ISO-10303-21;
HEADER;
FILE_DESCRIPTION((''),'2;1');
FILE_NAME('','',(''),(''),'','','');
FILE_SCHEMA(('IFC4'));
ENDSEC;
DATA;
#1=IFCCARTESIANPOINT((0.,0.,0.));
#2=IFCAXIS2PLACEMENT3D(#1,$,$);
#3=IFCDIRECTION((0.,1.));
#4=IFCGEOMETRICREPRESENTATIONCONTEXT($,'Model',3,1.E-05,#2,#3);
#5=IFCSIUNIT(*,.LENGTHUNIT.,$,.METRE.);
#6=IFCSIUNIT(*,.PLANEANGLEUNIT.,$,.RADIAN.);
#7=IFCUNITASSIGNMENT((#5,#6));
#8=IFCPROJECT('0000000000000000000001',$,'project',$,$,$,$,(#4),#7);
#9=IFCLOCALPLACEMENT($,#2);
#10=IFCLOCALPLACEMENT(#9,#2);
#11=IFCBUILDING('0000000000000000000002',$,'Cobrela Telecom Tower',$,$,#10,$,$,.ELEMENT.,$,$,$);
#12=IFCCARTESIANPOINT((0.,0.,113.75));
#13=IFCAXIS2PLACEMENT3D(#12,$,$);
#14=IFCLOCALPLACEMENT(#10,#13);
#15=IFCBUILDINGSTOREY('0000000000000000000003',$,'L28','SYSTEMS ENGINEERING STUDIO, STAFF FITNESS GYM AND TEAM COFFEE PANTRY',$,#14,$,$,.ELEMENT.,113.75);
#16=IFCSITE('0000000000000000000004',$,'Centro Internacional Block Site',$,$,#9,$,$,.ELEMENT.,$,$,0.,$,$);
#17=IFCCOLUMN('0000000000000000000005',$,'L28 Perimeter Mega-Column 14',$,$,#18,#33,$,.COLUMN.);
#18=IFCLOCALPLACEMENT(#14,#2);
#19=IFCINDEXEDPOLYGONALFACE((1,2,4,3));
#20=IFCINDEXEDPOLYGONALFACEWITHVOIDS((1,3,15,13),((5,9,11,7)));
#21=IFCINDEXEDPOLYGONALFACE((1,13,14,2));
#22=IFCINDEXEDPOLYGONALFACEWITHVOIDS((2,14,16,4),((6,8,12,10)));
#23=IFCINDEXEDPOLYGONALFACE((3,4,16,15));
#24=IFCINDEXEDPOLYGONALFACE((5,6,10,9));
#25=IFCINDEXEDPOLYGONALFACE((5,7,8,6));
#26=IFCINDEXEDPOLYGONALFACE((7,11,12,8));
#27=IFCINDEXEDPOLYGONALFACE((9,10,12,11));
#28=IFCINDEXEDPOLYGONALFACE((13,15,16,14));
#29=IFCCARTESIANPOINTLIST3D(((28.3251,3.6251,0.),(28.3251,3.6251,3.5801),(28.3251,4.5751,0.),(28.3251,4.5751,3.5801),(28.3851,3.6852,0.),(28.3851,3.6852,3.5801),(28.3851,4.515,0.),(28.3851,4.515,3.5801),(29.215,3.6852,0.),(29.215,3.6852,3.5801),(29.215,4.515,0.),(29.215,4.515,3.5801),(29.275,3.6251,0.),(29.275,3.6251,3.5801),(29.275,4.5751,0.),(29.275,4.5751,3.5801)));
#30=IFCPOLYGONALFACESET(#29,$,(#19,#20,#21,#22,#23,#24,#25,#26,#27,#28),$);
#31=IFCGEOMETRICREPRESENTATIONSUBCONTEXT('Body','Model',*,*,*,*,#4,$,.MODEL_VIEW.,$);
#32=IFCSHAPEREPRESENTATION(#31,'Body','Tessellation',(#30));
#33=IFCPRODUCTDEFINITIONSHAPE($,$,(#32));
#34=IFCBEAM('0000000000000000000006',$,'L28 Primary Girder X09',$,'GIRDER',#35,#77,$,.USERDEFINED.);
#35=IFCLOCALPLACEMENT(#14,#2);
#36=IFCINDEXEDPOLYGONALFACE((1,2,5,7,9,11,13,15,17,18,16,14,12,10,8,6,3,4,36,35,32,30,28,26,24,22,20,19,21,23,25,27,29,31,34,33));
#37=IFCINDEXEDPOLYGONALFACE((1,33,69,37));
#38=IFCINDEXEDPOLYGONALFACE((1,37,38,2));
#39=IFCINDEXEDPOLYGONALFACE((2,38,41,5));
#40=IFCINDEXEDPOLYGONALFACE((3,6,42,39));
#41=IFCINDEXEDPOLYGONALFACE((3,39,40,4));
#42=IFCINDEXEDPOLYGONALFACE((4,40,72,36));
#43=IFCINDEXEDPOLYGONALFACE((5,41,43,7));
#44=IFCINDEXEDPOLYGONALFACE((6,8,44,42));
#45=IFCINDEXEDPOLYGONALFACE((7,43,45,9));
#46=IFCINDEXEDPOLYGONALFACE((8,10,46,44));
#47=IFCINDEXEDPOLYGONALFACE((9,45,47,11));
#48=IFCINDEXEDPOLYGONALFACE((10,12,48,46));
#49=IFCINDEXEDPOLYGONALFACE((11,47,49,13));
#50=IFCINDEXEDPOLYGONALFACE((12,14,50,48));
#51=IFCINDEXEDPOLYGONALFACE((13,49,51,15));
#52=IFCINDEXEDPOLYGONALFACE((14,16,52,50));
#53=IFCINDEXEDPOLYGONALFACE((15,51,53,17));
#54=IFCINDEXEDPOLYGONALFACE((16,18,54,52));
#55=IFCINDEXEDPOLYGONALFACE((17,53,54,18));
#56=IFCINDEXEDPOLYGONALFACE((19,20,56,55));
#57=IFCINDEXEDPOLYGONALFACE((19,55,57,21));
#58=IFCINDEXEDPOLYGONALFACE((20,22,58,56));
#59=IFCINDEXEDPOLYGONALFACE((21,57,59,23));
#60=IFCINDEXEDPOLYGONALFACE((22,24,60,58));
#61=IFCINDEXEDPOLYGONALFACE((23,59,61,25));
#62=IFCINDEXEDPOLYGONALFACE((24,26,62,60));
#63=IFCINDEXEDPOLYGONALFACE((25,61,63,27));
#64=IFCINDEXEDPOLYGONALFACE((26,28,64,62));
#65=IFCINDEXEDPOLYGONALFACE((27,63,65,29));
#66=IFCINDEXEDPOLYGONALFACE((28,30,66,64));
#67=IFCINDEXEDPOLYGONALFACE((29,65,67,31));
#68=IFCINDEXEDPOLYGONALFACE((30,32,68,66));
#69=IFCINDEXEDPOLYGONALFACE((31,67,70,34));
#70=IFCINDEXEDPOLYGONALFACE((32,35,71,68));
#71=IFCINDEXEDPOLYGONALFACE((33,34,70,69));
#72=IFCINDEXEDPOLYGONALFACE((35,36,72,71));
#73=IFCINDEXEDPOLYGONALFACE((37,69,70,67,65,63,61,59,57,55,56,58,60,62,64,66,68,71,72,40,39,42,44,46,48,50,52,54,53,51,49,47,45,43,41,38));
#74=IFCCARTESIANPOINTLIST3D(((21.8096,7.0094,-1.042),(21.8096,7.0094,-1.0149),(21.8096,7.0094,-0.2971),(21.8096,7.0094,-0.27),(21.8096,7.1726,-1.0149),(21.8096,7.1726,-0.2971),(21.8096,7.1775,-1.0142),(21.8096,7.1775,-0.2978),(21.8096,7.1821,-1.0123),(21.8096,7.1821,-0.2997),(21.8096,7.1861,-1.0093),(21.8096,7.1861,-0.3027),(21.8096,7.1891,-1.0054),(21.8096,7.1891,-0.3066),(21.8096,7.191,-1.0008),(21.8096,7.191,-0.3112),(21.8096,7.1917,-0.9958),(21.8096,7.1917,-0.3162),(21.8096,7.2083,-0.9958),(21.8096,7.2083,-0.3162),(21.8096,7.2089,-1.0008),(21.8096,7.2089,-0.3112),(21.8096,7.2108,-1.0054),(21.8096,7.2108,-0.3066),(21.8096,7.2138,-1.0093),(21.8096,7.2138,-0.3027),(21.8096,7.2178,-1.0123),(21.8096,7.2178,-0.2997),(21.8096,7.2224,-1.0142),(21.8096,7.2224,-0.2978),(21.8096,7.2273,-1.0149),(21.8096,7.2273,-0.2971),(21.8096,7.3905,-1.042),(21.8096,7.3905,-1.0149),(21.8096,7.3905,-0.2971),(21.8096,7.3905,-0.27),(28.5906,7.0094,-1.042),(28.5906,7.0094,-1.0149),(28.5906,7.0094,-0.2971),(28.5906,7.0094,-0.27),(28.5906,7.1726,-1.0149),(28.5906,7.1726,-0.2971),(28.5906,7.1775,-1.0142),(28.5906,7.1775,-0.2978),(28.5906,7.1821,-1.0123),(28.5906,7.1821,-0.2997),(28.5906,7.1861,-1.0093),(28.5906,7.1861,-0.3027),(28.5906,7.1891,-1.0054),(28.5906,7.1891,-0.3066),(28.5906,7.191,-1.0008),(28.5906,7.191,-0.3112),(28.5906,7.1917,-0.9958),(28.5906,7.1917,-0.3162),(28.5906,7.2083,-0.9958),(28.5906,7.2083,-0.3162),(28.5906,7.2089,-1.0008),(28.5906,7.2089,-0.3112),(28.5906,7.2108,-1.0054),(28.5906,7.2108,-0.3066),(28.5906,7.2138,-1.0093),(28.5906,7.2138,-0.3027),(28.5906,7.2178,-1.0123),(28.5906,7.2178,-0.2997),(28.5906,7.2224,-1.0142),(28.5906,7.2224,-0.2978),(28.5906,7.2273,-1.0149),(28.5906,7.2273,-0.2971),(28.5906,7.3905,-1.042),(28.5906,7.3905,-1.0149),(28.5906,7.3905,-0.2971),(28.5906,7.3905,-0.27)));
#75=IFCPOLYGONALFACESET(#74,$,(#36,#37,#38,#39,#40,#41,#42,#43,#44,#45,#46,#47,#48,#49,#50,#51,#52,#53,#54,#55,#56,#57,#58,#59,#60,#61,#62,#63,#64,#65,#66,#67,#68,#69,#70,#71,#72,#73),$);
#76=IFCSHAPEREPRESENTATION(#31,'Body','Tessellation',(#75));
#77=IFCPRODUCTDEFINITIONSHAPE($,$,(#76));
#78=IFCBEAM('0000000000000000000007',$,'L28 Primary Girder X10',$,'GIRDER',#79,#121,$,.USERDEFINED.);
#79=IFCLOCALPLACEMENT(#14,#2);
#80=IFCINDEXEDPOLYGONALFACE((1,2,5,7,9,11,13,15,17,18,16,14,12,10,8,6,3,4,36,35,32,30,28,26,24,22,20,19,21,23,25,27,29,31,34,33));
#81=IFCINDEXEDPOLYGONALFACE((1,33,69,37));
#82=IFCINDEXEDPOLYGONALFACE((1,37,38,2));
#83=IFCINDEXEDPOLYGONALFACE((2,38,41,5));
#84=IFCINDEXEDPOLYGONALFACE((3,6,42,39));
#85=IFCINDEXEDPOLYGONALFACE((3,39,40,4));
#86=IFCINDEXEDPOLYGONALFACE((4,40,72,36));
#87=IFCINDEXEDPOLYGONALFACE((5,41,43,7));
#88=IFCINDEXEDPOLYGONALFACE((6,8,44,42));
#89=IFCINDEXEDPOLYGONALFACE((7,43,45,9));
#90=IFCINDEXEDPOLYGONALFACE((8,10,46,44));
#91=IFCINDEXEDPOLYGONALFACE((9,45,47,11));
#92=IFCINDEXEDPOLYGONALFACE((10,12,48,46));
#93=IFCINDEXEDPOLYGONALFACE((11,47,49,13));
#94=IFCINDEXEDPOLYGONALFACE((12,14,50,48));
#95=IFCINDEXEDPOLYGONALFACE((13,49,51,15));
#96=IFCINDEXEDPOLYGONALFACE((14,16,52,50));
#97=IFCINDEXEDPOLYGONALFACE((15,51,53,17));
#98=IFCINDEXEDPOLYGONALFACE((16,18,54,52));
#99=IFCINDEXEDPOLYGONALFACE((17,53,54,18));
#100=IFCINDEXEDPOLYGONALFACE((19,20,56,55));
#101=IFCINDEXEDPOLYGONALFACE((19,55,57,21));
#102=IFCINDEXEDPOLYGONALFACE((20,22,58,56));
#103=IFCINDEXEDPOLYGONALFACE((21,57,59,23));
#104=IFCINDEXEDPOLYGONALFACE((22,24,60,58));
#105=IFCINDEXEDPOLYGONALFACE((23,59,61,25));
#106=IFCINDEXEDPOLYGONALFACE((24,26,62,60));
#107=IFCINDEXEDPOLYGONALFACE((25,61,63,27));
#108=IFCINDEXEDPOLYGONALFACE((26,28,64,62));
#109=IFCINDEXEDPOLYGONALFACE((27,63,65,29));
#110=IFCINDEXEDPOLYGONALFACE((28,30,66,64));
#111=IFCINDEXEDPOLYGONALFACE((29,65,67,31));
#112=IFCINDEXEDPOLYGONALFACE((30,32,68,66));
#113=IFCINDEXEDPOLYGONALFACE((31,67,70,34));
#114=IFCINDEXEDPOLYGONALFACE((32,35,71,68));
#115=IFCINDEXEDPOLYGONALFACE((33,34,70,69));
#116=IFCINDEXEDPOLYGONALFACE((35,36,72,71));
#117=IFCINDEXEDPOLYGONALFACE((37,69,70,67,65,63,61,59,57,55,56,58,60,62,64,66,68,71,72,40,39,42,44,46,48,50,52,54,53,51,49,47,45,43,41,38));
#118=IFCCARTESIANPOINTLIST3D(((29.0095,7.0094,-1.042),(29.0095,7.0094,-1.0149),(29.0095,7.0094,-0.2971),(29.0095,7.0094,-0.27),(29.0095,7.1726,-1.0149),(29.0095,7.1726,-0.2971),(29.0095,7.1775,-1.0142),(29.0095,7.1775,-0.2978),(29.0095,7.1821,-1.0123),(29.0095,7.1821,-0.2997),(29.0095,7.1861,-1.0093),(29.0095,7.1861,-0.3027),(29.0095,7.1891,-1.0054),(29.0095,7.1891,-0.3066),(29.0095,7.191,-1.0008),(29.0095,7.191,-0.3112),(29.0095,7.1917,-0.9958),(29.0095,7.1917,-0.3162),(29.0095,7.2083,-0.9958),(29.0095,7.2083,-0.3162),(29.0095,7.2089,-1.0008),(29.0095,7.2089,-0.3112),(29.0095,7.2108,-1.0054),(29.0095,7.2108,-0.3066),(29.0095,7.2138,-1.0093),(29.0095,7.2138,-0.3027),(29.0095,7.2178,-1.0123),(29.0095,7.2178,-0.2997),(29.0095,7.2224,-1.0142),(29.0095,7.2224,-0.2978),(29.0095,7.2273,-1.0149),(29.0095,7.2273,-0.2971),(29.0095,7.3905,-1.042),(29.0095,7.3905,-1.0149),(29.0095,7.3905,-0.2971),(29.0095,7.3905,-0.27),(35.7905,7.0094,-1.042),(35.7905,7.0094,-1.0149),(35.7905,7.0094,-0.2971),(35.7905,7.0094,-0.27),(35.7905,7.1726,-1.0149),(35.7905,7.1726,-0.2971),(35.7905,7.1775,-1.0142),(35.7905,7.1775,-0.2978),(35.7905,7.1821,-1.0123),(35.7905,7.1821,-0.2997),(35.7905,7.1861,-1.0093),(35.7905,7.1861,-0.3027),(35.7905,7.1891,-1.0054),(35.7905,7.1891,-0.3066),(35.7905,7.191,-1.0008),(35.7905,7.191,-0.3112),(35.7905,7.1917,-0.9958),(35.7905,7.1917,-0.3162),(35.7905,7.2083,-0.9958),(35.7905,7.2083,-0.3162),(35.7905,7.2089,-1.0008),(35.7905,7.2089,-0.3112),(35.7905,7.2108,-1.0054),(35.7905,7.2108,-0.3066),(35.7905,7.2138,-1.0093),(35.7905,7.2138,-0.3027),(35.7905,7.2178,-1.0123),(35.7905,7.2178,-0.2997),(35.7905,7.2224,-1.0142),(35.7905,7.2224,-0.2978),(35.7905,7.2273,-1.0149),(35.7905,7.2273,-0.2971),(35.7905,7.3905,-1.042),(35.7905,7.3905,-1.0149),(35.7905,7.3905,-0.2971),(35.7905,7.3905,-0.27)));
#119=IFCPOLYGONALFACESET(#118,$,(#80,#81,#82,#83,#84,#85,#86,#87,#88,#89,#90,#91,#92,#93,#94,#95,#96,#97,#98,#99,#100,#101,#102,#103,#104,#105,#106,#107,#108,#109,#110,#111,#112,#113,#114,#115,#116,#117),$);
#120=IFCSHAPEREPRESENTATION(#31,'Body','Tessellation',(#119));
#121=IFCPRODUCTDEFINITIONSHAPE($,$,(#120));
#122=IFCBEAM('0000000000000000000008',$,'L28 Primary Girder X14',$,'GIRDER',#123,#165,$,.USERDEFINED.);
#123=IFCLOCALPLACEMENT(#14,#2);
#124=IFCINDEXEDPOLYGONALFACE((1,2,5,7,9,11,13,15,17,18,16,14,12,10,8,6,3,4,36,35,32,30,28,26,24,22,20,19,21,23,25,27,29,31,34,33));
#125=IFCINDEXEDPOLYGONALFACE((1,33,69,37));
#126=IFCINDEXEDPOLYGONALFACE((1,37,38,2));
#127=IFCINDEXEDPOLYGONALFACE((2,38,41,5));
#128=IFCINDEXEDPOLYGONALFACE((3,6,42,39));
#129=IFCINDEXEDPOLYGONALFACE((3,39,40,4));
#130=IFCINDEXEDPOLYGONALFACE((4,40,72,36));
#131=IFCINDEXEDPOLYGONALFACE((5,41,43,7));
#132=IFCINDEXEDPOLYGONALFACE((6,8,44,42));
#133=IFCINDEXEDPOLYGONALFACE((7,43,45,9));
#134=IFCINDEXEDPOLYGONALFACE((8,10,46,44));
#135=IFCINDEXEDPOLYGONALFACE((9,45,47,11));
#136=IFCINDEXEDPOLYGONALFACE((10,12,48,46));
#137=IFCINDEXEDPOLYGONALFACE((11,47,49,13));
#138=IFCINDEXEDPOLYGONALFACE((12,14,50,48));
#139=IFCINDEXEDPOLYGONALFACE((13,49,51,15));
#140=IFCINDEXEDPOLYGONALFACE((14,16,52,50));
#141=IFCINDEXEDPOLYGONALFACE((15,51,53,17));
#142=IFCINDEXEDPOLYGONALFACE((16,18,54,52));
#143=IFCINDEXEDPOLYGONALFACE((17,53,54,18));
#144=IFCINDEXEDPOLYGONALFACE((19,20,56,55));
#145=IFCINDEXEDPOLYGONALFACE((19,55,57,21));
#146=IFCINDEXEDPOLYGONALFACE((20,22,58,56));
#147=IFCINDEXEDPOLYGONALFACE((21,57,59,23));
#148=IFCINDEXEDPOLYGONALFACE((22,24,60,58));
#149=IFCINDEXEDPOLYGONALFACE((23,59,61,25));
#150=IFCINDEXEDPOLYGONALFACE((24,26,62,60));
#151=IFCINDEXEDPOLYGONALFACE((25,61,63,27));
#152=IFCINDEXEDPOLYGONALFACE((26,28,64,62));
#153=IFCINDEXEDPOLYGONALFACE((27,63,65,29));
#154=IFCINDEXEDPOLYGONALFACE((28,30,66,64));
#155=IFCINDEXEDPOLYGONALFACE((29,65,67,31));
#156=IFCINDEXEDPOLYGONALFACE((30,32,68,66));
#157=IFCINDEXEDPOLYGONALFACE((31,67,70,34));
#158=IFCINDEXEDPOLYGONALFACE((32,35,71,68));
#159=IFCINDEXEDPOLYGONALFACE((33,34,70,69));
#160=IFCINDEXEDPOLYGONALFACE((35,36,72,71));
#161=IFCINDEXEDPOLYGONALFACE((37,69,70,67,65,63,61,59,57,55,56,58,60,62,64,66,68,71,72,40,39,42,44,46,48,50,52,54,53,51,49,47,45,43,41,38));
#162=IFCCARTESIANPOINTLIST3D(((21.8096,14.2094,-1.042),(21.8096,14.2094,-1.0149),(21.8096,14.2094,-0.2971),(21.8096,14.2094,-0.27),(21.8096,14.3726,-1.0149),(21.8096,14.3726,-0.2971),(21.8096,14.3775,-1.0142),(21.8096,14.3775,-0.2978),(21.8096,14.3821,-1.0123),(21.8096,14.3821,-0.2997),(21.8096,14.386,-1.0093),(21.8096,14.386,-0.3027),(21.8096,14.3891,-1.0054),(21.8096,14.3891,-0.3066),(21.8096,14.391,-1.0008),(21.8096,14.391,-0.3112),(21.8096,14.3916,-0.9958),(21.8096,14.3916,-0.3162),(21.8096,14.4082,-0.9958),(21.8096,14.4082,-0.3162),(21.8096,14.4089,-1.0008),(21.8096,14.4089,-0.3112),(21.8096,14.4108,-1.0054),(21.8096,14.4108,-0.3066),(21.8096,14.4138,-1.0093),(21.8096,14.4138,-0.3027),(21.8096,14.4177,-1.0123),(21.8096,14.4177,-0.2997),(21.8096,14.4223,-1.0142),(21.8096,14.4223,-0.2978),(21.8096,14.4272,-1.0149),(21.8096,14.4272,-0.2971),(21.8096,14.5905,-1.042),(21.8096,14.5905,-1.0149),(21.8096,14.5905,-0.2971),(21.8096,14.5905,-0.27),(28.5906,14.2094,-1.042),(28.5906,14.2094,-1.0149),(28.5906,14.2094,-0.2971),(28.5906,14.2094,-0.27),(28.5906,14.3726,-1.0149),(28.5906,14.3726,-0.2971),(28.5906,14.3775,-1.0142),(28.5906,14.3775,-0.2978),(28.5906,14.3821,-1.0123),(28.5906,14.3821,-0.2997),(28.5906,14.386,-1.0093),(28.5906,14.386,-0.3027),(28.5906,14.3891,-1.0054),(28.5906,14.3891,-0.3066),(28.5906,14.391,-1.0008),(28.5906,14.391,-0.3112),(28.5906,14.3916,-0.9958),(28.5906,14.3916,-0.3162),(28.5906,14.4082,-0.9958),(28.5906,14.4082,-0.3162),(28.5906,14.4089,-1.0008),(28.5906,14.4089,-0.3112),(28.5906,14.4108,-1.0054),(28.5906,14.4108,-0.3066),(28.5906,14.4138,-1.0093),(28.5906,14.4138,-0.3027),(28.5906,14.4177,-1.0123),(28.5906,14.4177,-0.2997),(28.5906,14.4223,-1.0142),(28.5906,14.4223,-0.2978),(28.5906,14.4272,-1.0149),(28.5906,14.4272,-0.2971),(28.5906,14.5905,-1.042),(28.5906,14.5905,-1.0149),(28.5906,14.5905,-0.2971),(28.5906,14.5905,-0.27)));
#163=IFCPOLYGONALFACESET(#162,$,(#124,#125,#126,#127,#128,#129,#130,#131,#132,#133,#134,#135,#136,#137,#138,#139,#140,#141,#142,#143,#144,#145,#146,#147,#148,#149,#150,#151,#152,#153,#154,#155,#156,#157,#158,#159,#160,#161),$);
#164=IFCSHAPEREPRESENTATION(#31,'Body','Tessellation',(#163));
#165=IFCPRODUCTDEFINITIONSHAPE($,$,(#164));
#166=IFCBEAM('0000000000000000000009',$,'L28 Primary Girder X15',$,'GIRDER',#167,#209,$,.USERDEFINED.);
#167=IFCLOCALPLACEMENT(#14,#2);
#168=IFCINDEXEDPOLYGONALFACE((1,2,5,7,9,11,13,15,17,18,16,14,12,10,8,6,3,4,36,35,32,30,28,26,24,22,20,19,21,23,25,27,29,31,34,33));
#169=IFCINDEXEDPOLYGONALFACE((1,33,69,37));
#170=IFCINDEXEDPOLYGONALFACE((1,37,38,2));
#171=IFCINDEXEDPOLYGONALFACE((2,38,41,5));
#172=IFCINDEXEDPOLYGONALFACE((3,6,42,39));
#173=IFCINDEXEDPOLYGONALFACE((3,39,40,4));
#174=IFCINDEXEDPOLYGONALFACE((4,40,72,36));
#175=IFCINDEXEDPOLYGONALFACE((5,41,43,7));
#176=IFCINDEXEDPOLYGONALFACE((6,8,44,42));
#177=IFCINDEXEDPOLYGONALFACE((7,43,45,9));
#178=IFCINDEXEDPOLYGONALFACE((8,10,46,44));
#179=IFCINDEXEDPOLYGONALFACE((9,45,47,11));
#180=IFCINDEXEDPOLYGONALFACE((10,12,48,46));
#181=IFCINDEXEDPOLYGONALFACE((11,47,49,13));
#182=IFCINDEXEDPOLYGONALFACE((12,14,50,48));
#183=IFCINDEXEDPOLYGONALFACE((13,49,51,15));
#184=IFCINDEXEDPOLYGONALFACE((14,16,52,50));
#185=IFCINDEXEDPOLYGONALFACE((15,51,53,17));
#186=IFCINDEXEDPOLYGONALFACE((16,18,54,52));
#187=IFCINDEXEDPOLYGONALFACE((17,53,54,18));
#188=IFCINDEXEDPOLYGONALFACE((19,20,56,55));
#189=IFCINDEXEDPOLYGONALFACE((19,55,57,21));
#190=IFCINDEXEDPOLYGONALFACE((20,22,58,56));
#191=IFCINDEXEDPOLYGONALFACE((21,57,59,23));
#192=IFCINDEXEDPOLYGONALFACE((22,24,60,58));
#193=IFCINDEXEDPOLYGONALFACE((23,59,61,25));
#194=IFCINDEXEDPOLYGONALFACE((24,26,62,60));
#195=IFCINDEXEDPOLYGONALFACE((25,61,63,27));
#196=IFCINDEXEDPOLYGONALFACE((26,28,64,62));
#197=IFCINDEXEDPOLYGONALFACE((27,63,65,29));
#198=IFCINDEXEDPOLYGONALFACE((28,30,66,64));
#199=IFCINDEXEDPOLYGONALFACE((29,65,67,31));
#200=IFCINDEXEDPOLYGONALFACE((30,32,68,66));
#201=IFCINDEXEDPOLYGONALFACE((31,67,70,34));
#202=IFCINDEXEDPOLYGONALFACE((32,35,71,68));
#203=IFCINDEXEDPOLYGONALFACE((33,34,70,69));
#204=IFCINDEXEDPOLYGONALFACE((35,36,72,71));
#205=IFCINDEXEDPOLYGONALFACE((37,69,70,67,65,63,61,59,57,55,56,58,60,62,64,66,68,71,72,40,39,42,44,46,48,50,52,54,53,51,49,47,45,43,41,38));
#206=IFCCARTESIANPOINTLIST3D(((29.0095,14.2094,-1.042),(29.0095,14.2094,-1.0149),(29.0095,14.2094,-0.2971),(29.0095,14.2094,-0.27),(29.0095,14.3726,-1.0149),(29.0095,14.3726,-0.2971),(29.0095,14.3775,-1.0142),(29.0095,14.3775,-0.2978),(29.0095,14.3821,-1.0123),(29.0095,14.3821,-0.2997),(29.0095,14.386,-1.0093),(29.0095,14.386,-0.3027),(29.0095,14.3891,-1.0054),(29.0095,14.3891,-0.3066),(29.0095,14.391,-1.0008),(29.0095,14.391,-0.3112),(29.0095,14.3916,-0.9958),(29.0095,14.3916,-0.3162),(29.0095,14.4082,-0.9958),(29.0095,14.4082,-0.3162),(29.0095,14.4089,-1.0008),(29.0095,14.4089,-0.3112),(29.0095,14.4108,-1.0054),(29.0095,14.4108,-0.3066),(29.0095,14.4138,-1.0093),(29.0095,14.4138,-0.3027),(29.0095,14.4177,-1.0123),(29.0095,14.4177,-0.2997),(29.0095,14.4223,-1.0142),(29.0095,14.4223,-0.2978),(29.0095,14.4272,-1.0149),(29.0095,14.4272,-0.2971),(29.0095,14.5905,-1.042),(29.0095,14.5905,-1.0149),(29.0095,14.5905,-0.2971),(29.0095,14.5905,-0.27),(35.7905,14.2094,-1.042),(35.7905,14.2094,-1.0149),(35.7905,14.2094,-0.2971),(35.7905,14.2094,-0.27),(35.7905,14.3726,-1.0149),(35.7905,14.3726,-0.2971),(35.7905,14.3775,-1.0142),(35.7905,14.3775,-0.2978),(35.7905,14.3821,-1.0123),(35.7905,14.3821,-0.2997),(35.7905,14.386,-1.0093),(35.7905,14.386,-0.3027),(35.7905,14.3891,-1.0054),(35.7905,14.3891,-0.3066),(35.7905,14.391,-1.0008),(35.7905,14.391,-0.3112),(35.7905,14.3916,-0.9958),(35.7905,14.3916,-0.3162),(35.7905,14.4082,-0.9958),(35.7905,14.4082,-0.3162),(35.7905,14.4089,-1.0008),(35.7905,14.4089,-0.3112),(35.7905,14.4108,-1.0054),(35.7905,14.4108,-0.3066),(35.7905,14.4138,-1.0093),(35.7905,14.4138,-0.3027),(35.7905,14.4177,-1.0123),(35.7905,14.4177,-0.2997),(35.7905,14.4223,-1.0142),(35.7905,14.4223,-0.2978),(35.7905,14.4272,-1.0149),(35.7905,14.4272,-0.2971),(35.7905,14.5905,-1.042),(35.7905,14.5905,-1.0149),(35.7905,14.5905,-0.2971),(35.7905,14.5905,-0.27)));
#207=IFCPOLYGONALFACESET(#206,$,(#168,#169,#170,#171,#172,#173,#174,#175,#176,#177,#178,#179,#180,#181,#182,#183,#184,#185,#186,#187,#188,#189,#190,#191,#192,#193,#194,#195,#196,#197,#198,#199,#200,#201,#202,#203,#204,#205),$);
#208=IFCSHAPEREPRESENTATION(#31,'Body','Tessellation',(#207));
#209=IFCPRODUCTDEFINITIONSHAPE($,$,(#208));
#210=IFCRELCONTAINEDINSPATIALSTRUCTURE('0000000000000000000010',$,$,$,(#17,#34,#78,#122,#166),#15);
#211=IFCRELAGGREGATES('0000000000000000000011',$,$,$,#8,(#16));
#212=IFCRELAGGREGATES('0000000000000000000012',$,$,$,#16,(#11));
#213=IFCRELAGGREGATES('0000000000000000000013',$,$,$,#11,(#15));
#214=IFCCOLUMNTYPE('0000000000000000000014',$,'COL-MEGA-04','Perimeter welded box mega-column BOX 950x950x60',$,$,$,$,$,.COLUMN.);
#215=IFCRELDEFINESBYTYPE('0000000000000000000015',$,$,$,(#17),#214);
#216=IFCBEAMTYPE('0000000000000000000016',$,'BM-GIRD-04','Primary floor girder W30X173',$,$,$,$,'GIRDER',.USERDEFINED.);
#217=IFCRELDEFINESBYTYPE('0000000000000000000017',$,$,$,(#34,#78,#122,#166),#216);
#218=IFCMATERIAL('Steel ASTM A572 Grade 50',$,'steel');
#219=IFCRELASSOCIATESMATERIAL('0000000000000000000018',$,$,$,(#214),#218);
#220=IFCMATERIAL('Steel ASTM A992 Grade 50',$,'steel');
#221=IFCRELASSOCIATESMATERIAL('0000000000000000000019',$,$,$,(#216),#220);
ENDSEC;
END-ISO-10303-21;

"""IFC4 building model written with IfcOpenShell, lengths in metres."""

from ifc_helpers import new_model, si_unit, direction, frame, origin, origin_2d, place, context, subcontext, project, spatial, hollow_rectangle, i_section, extrude, material, material_profile, profile_set, type_object, element, save


model = new_model("IFC4")

# Units and contexts
model_context = context("Model", 3, precision=1e-05, world=origin(), true_north=direction((0.0, 1.0)))
body_context = subcontext(model_context, "Body", "Model", "MODEL_VIEW")
ifc_project = project(units=[si_unit("LENGTHUNIT", "METRE"), si_unit("PLANEANGLEUNIT", "RADIAN")], contexts=[model_context])

# Site, building, storey
site_placement = place(None, origin())
site = spatial("IfcSite", under=ifc_project, at=site_placement, Name="Centro Internacional Block Site", CompositionType="ELEMENT", RefElevation=0.0)
building_placement = place(site_placement, origin())
building = spatial("IfcBuilding", under=site, at=building_placement, Name="Cobrela Telecom Tower", CompositionType="ELEMENT")
storey_placement = place(building_placement, frame((0.0, 0.0, 113.75)))
storey = spatial("IfcBuildingStorey", under=building, at=storey_placement, Name="L28", Description="SYSTEMS ENGINEERING STUDIO, STAFF FITNESS GYM AND TEAM COFFEE PANTRY", CompositionType="ELEMENT", Elevation=113.75)

# Column
ifc_material_1 = material(Name="Steel ASTM A992 Grade 50", Category="steel")
ifc_material_2 = material(Name="Steel ASTM A572 Grade 50", Category="steel")
ifc_material_profile_1 = material_profile(ifc_material_2, hollow_rectangle(XDim=0.95, YDim=0.95, WallThickness=0.0601, at=origin_2d()), Name="BOX 950x950x60")
ifc_profile_set_1 = profile_set([ifc_material_profile_1], Name="Steel ASTM A572 Grade 50")
column_type_1 = type_object("IfcColumnType", Name="COL-MEGA-04", Description="Perimeter welded box mega-column BOX 950x950x60", PredefinedType="COLUMN", material=ifc_profile_set_1)
for number, where, z_axis, x_axis, name in (
    (1, (28.8, 4.1001, 0.0), (0.0, 0.0, 1.0), (1.0, 0.0, 0.0), "L28 Perimeter Mega-Column 14"),
):
    element("IfcColumn", number, at=place(storey_placement, frame(where, z_axis=z_axis, x_axis=x_axis)), inside=storey, type_object=column_type_1, Name=name, PredefinedType="COLUMN", context=body_context, shape_type="SweptSolid", body=[
        extrude(hollow_rectangle(XDim=0.95, YDim=0.95, WallThickness=0.0601, at=origin_2d()), origin(), (0.0, 0.0, 1.0), 3.5801),
    ])

# Beams
ifc_material_profile_2 = material_profile(ifc_material_1, i_section(OverallWidth=0.3811, OverallDepth=0.772, WebThickness=0.0166, FlangeThickness=0.0271, FilletRadius=0.019, at=origin_2d()), Name="W30X173")
ifc_profile_set_2 = profile_set([ifc_material_profile_2], Name="Steel ASTM A992 Grade 50")
beam_type_1 = type_object("IfcBeamType", Name="BM-GIRD-04", Description="Primary floor girder W30X173", ElementType="GIRDER", PredefinedType="USERDEFINED", material=ifc_profile_set_2)
for number, where, z_axis, x_axis, name in (
    (2, (21.8096, 7.2, -0.656), (1.0, 0.0, 0.0), (0.0, 1.0, 0.0), "L28 Primary Girder X09"),
    (3, (29.0095, 7.2, -0.656), (1.0, 0.0, 0.0), (0.0, 1.0, 0.0), "L28 Primary Girder X10"),
    (4, (21.8096, 14.3999, -0.656), (1.0, 0.0, 0.0), (0.0, 1.0, 0.0), "L28 Primary Girder X14"),
    (5, (29.0095, 14.3999, -0.656), (1.0, 0.0, 0.0), (0.0, 1.0, 0.0), "L28 Primary Girder X15"),
):
    element("IfcBeam", number, at=place(storey_placement, frame(where, z_axis=z_axis, x_axis=x_axis)), inside=storey, type_object=beam_type_1, Name=name, ObjectType="GIRDER", PredefinedType="USERDEFINED", context=body_context, shape_type="SweptSolid", body=[
        extrude(i_section(OverallWidth=0.3811, OverallDepth=0.772, WebThickness=0.0166, FlangeThickness=0.0271, FilletRadius=0.019, at=origin_2d()), origin(), (0.0, 0.0, 1.0), 6.781),
    ])

save(model, "model.ifc")
